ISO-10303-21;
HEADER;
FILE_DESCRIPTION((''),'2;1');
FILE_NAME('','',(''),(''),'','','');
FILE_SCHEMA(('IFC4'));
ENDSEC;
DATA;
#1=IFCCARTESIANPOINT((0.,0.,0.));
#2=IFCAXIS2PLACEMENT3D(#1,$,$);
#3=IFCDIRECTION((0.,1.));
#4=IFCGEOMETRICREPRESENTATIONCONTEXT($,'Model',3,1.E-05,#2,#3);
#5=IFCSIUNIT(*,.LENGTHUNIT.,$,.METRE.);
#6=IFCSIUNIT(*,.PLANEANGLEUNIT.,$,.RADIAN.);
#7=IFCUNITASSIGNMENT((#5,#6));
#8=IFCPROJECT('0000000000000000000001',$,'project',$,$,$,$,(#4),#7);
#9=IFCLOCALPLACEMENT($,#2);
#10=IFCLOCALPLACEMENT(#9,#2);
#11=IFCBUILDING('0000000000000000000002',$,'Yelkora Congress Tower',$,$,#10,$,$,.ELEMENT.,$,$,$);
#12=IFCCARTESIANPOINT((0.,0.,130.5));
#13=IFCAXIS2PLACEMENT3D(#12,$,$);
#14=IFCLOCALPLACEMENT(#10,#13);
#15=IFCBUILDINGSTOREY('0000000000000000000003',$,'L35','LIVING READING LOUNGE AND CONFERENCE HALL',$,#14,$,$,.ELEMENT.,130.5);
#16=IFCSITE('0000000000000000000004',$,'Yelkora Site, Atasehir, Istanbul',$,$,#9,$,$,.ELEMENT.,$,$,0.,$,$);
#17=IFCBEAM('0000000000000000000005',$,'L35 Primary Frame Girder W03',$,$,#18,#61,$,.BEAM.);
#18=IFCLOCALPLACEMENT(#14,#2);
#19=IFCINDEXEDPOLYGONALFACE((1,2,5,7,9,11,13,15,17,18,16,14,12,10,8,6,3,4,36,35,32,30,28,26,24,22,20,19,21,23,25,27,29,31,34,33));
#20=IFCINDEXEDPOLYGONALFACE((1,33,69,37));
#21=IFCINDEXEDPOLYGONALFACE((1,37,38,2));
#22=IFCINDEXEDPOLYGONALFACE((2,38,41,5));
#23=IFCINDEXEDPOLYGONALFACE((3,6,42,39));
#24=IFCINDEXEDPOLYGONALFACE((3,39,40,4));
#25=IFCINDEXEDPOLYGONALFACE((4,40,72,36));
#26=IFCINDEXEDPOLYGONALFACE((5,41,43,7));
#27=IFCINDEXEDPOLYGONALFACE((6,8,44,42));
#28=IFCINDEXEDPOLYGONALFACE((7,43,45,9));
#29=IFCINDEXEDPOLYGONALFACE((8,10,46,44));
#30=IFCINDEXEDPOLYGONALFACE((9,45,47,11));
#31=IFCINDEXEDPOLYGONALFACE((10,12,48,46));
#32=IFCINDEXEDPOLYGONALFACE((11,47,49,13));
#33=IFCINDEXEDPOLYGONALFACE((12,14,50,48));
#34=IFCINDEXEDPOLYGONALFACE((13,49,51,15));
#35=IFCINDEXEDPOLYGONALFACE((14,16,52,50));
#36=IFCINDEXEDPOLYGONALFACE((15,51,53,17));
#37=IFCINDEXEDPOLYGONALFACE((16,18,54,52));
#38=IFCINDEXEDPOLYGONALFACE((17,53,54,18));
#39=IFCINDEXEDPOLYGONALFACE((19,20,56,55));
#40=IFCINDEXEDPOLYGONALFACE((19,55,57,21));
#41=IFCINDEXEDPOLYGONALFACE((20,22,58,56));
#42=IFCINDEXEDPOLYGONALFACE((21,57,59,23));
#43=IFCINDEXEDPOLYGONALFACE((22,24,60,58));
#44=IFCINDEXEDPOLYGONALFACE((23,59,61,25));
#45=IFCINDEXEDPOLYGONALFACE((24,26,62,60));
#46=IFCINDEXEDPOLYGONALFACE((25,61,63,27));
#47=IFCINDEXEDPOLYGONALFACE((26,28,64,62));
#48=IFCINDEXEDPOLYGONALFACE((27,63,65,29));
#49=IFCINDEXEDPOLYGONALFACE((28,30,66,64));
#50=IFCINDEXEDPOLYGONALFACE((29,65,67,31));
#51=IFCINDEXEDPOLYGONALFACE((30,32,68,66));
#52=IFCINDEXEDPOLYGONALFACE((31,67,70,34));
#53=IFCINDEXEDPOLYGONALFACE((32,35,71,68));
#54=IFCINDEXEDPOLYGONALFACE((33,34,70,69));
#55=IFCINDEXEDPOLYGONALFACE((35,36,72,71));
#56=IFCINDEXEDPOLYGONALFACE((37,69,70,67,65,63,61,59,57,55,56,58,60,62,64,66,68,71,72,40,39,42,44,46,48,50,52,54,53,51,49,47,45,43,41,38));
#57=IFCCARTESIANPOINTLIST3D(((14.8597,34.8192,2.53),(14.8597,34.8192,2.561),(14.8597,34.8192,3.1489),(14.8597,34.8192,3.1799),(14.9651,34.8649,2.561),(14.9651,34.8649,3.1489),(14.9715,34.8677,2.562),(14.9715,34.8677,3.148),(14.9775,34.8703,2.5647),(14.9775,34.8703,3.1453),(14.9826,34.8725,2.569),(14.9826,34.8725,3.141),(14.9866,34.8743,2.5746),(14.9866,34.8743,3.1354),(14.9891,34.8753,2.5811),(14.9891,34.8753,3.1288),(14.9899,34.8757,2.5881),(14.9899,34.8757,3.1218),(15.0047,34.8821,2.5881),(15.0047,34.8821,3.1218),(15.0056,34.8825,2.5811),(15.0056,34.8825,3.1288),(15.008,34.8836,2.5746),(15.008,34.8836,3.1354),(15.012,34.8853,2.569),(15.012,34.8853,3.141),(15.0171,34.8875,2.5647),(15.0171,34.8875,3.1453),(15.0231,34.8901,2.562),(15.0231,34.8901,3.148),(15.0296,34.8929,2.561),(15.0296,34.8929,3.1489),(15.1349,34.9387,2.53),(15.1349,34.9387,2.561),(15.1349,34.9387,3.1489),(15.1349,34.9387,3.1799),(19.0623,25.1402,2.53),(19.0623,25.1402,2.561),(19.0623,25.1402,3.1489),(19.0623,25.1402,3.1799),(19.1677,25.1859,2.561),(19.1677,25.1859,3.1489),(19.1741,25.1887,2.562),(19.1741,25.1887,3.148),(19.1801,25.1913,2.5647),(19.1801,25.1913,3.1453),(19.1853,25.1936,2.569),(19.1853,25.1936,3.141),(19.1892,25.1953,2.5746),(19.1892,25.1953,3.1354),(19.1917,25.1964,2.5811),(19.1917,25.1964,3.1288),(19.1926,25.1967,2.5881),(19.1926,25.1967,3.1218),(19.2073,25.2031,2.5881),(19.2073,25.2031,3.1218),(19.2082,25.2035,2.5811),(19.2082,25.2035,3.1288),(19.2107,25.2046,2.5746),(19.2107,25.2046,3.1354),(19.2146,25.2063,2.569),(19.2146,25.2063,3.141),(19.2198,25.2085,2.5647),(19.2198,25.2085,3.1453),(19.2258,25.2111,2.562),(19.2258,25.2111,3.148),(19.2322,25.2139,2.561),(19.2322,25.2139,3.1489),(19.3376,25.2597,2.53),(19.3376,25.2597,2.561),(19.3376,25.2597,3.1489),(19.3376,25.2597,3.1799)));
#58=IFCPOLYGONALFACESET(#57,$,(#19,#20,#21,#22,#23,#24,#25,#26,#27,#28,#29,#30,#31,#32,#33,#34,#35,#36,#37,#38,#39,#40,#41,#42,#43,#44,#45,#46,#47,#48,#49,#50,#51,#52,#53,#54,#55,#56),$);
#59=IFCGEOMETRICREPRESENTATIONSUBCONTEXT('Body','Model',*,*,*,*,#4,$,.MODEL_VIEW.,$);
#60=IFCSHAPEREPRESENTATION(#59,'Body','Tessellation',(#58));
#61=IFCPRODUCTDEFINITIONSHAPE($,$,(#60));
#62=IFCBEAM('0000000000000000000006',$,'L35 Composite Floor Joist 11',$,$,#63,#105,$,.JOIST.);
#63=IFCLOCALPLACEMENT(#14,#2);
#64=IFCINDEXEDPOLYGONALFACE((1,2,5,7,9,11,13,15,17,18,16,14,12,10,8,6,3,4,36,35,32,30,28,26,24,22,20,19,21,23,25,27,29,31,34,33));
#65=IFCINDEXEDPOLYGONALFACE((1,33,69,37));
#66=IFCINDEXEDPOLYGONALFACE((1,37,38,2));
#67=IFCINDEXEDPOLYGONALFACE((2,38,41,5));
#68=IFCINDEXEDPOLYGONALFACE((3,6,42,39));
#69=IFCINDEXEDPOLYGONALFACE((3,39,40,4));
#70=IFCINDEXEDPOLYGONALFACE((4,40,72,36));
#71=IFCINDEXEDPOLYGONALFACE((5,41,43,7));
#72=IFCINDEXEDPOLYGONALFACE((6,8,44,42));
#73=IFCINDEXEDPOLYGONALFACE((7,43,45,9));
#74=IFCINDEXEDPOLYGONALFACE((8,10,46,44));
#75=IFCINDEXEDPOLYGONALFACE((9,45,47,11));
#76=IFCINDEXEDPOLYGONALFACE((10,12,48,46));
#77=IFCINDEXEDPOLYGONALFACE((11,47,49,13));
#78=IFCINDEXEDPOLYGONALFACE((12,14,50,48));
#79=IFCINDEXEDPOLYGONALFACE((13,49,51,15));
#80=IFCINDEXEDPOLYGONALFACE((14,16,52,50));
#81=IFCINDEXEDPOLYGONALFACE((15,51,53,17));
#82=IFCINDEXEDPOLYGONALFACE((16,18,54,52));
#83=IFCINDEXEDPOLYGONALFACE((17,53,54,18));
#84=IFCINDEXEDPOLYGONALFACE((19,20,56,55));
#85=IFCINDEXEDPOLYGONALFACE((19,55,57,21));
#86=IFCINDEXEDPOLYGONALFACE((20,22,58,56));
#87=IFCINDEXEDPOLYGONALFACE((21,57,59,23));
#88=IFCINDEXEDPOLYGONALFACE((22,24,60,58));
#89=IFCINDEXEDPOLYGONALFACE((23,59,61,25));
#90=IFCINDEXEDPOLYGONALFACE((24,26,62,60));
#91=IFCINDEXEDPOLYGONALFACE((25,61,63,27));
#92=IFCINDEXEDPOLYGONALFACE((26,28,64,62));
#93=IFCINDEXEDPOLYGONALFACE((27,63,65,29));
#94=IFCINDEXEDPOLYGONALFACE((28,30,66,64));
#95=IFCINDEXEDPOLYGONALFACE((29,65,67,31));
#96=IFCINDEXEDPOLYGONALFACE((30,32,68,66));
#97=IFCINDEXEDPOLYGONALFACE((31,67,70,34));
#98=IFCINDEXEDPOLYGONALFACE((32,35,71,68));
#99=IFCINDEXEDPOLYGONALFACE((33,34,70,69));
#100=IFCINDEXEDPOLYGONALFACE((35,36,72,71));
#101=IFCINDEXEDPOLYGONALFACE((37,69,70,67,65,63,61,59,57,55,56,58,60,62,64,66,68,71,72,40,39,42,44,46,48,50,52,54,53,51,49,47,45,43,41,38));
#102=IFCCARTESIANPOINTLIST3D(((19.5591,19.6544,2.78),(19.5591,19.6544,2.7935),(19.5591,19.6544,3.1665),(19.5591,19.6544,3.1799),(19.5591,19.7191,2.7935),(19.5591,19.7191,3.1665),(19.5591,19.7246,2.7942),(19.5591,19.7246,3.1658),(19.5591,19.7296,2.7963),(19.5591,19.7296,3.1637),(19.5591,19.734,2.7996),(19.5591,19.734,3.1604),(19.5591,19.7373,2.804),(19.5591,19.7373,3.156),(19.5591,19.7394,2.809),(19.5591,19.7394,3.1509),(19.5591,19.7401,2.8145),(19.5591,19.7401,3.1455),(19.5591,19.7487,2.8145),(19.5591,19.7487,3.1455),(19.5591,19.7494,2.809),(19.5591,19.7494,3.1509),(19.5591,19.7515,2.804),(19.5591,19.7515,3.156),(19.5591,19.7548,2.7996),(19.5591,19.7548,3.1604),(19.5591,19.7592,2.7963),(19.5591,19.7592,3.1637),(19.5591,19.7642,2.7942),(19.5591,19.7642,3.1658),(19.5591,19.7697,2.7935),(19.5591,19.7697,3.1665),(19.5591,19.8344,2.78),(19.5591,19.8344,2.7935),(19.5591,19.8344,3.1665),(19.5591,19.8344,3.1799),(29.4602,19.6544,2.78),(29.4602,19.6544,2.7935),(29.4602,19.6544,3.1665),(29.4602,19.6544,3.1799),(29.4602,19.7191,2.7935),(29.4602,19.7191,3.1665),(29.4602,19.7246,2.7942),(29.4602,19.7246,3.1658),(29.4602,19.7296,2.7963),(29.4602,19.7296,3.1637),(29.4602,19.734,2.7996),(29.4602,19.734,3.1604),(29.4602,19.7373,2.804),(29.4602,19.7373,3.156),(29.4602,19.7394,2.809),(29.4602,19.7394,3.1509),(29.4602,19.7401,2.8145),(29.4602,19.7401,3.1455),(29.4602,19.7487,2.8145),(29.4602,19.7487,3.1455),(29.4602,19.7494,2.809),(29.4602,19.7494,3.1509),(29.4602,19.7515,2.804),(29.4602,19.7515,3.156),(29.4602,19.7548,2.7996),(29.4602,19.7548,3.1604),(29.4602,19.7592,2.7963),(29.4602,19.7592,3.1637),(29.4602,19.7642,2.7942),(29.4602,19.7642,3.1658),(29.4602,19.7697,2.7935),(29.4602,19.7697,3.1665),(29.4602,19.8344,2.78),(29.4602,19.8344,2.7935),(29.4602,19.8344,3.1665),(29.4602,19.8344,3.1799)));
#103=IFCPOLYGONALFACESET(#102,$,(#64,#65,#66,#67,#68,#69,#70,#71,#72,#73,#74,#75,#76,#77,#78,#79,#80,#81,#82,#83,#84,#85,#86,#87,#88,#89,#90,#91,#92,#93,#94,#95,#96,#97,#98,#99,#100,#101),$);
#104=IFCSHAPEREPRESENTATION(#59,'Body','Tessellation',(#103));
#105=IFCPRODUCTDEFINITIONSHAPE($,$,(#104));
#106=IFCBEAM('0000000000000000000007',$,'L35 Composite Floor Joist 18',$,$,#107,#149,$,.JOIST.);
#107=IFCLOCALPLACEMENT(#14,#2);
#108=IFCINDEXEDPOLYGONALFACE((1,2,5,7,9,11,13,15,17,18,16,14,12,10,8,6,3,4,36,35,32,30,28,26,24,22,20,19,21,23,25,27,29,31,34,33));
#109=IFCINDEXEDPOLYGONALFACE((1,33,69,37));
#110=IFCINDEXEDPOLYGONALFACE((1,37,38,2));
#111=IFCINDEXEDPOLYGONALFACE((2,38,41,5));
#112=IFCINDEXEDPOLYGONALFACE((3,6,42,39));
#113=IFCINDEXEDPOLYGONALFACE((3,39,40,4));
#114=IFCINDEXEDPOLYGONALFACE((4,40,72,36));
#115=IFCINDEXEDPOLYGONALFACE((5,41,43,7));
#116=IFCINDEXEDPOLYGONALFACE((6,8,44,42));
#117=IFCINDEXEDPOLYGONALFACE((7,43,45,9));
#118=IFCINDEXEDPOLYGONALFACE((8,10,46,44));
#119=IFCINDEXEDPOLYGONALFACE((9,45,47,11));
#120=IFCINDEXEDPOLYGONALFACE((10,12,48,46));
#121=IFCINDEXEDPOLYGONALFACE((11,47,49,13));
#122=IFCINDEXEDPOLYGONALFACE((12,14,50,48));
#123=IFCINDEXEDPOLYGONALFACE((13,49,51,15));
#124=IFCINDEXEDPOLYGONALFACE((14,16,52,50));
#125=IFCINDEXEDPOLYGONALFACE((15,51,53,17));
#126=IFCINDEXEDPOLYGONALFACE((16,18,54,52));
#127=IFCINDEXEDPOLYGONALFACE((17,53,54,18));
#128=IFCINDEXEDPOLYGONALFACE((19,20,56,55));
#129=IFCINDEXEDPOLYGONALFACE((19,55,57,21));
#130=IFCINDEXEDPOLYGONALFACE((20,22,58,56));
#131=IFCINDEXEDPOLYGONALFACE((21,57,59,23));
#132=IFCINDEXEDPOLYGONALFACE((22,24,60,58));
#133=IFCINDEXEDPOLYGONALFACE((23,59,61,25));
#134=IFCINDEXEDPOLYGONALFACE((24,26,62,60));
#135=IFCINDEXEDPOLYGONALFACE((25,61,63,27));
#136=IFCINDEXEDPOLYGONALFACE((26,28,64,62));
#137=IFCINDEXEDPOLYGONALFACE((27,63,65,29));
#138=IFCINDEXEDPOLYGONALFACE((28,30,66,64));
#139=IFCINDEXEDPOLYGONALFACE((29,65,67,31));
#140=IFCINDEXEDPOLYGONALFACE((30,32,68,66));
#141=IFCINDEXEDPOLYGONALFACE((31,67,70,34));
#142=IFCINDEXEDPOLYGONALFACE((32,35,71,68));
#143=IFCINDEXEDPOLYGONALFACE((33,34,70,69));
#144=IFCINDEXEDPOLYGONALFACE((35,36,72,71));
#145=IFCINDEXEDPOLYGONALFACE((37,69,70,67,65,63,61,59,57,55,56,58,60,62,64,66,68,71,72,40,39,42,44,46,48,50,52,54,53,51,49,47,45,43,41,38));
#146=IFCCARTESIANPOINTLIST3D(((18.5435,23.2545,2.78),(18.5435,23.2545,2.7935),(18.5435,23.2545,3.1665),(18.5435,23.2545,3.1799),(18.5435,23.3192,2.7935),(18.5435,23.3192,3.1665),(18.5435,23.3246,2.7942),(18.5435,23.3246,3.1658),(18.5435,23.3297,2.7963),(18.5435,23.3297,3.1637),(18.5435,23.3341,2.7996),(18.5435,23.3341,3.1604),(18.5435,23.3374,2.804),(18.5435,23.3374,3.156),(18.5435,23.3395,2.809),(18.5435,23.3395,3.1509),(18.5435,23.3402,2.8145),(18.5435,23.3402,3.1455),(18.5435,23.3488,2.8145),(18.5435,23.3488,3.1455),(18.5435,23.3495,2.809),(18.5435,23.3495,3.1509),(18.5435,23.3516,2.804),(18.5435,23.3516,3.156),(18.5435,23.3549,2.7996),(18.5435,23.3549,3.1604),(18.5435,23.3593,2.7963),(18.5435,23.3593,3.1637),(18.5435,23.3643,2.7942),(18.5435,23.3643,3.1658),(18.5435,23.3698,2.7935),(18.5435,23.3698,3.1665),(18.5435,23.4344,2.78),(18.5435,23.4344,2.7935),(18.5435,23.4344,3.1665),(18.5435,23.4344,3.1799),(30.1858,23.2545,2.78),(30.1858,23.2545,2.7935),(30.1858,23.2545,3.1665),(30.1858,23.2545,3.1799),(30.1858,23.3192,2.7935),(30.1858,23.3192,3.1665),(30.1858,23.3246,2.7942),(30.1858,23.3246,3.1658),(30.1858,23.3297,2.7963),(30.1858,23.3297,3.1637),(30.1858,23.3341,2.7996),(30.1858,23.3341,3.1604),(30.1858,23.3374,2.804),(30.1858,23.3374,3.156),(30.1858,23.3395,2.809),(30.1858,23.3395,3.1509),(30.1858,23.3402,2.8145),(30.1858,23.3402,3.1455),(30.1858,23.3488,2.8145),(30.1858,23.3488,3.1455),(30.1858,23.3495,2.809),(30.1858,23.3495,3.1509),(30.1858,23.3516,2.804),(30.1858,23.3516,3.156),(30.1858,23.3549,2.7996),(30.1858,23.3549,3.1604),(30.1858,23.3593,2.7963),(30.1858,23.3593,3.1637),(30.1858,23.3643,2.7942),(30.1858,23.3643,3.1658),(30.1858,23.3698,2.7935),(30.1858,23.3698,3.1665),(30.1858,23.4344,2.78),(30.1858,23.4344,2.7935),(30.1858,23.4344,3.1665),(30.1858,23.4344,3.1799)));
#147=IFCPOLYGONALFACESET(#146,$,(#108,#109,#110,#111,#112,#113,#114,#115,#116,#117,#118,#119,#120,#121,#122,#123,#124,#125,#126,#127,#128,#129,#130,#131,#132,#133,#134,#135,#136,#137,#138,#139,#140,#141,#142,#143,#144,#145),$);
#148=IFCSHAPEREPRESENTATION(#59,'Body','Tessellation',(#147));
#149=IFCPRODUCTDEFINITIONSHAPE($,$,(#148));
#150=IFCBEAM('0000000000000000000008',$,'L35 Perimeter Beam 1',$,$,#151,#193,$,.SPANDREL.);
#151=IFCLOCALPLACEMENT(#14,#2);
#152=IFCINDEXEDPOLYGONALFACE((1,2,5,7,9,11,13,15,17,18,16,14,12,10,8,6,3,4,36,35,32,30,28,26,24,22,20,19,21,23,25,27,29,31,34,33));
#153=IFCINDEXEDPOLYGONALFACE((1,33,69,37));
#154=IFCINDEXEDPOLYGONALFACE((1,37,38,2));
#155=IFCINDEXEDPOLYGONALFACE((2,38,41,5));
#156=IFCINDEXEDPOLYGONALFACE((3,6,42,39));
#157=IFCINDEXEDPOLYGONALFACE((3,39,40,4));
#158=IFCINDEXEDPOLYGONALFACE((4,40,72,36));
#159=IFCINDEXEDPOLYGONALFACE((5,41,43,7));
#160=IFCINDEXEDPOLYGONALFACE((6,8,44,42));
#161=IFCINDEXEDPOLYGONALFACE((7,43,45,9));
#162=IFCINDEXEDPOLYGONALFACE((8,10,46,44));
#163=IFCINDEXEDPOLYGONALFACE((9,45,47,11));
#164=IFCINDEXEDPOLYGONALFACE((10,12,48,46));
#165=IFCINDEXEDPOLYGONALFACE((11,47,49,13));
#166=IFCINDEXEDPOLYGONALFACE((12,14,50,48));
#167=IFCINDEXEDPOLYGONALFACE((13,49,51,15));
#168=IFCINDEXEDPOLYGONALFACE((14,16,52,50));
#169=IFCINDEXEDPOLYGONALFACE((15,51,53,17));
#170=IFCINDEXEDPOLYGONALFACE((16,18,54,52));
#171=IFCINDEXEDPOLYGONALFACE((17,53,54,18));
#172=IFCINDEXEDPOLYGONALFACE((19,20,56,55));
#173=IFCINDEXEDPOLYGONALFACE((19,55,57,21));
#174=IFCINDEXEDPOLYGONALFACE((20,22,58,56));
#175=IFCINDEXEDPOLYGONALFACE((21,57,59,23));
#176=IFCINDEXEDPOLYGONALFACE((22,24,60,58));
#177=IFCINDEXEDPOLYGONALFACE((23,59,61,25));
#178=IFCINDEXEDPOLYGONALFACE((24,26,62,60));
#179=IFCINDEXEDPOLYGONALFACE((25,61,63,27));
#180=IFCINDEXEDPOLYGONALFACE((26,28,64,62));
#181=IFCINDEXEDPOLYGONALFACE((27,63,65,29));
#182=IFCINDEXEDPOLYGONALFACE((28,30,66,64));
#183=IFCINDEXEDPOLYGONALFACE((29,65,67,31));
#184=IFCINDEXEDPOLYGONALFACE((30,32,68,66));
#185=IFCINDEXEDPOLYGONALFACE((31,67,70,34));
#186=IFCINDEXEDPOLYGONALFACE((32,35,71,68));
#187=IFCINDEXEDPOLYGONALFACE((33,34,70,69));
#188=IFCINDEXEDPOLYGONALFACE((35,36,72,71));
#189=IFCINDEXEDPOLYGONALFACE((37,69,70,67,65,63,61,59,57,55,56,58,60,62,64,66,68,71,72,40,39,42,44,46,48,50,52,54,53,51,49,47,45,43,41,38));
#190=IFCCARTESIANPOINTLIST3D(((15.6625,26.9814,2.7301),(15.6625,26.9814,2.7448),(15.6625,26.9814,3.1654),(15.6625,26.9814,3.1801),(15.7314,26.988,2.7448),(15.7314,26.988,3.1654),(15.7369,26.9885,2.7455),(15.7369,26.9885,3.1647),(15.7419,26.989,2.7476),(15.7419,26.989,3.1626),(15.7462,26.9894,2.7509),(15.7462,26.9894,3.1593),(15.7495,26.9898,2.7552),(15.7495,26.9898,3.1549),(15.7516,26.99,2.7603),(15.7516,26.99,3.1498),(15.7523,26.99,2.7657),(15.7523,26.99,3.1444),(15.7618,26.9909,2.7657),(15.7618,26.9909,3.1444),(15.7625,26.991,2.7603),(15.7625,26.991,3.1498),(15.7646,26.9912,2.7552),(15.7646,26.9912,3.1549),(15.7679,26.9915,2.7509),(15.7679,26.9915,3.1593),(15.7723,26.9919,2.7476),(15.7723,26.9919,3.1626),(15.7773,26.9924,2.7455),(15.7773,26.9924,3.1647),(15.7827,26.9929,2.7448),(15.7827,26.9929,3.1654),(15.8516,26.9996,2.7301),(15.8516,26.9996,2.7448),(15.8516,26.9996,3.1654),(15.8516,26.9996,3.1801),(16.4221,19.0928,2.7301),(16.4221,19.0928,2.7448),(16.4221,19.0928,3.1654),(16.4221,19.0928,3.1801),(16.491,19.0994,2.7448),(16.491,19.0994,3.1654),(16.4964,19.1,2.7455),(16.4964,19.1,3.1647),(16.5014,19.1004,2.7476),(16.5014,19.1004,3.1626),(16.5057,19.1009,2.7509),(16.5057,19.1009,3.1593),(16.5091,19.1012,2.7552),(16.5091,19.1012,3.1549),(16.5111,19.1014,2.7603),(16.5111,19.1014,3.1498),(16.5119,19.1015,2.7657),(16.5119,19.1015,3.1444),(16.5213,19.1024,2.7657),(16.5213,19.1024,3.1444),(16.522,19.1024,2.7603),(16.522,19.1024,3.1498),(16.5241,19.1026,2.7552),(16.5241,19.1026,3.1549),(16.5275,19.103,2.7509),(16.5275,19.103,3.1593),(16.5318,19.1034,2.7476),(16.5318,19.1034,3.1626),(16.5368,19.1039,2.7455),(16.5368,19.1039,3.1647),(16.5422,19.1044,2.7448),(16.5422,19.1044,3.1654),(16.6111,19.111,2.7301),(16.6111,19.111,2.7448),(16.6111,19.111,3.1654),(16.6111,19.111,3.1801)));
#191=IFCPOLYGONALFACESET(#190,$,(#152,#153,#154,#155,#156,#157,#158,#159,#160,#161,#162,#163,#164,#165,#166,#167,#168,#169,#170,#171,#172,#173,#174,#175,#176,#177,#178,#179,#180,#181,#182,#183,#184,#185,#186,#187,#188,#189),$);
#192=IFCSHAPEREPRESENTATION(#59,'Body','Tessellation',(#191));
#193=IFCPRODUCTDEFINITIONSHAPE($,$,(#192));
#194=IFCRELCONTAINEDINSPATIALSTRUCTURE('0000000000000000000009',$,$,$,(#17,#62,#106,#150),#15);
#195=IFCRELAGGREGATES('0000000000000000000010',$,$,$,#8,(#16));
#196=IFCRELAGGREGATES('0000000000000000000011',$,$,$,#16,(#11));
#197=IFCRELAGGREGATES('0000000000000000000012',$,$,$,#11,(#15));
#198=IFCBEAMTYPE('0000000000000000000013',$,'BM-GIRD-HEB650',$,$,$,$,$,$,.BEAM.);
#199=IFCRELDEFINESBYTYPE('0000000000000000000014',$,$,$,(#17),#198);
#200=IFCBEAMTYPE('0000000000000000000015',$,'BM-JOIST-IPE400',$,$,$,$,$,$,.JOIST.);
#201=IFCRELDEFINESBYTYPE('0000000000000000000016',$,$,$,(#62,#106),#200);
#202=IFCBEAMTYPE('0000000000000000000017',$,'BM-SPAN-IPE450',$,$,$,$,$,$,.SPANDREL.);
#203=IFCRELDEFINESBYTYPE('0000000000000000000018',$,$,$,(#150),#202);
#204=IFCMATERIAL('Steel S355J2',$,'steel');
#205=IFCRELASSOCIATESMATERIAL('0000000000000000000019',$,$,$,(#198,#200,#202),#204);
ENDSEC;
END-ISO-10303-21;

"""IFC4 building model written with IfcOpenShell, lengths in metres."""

from ifc_helpers import new_model, si_unit, direction, frame, origin, origin_2d, place, context, subcontext, project, spatial, i_section, extrude, material, material_profile, profile_set, type_object, element, save


model = new_model("IFC4")

# Units and contexts
model_context = context("Model", 3, precision=1e-05, world=origin(), true_north=direction((0.0, 1.0)))
body_context = subcontext(model_context, "Body", "Model", "MODEL_VIEW")
ifc_project = project(units=[si_unit("LENGTHUNIT", "METRE"), si_unit("PLANEANGLEUNIT", "RADIAN")], contexts=[model_context])

# Site, building, storey
site_placement = place(None, origin())
site = spatial("IfcSite", under=ifc_project, at=site_placement, Name="Yelkora Site, Atasehir, Istanbul", CompositionType="ELEMENT", RefElevation=0.0)
building_placement = place(site_placement, origin())
building = spatial("IfcBuilding", under=site, at=building_placement, Name="Yelkora Congress Tower", CompositionType="ELEMENT")
storey_placement = place(building_placement, frame((0.0, 0.0, 130.5)))
storey = spatial("IfcBuildingStorey", under=building, at=storey_placement, Name="L35", Description="LIVING READING LOUNGE AND CONFERENCE HALL", CompositionType="ELEMENT", Elevation=130.5)

# Beams
ifc_material_1 = material(Name="Steel S355J2", Category="steel")
ifc_material_profile_1 = material_profile(ifc_material_1, i_section(OverallWidth=0.3, OverallDepth=0.6499, WebThickness=0.0161, FlangeThickness=0.031, FilletRadius=0.0271, at=origin_2d()), Name="HEB 650")
ifc_profile_set_1 = profile_set([ifc_material_profile_1], Name="Steel S355J2")
beam_type_1 = type_object("IfcBeamType", Name="BM-GIRD-HEB650", PredefinedType="BEAM", material=ifc_profile_set_1)
beam_1_placement = place(storey_placement, frame((14.9973, 34.8789, 2.855), z_axis=(0.398279, -0.917264, 0.0), x_axis=(0.917264, 0.398279, 0.0)))
element("IfcBeam", 1, at=beam_1_placement, inside=storey, type_object=beam_type_1, Name="L35 Primary Frame Girder W03", PredefinedType="BEAM", context=body_context, shape_type="SweptSolid", body=[
    extrude(i_section(OverallWidth=0.3, OverallDepth=0.6499, WebThickness=0.0161, FlangeThickness=0.031, FilletRadius=0.0271, at=origin_2d()), origin(), (0.0, 0.0, 1.0), 10.552),
])
ifc_material_profile_2 = material_profile(ifc_material_1, i_section(OverallWidth=0.1799, OverallDepth=0.3999, WebThickness=0.0085, FlangeThickness=0.0134, FilletRadius=0.021, at=origin_2d()), Name="IPE 400")
ifc_profile_set_2 = profile_set([ifc_material_profile_2], Name="Steel S355J2")
beam_type_2 = type_object("IfcBeamType", Name="BM-JOIST-IPE400", PredefinedType="JOIST", material=ifc_profile_set_2)
beam_2_placement = place(storey_placement, frame((19.5591, 19.7444, 2.98), z_axis=(1.0, 0.0, 0.0), x_axis=(0.0, 1.0, 0.0)))
element("IfcBeam", 2, at=beam_2_placement, inside=storey, type_object=beam_type_2, Name="L35 Composite Floor Joist 11", PredefinedType="JOIST", context=body_context, shape_type="SweptSolid", body=[
    extrude(i_section(OverallWidth=0.1799, OverallDepth=0.3999, WebThickness=0.0085, FlangeThickness=0.0134, FilletRadius=0.021, at=origin_2d()), origin(), (0.0, 0.0, 1.0), 9.9011),
])
beam_3_placement = place(storey_placement, frame((18.5435, 23.3445, 2.98), z_axis=(1.0, 0.0, 0.0), x_axis=(0.0, 1.0, 0.0)))
element("IfcBeam", 3, at=beam_3_placement, inside=storey, type_object=beam_type_2, Name="L35 Composite Floor Joist 18", PredefinedType="JOIST", context=body_context, shape_type="SweptSolid", body=[
    extrude(i_section(OverallWidth=0.1799, OverallDepth=0.3999, WebThickness=0.0085, FlangeThickness=0.0134, FilletRadius=0.021, at=origin_2d()), origin(), (0.0, 0.0, 1.0), 11.6423),
])
ifc_material_profile_3 = material_profile(ifc_material_1, i_section(OverallWidth=0.1899, OverallDepth=0.45, WebThickness=0.0095, FlangeThickness=0.0146, FilletRadius=0.021, at=origin_2d()), Name="IPE 450")
ifc_profile_set_3 = profile_set([ifc_material_profile_3], Name="Steel S355J2")
beam_type_3 = type_object("IfcBeamType", Name="BM-SPAN-IPE450", PredefinedType="SPANDREL", material=ifc_profile_set_3)
beam_4_placement = place(storey_placement, frame((15.7571, 26.9905, 2.9551), z_axis=(0.095837, -0.995397, 0.0), x_axis=(0.995397, 0.095837, 0.0)))
element("IfcBeam", 4, at=beam_4_placement, inside=storey, type_object=beam_type_3, Name="L35 Perimeter Beam 1", PredefinedType="SPANDREL", context=body_context, shape_type="SweptSolid", body=[
    extrude(i_section(OverallWidth=0.1899, OverallDepth=0.45, WebThickness=0.0095, FlangeThickness=0.0146, FilletRadius=0.021, at=origin_2d()), origin(), (0.0, 0.0, 1.0), 7.925),
])

save(model, "model.ifc")
